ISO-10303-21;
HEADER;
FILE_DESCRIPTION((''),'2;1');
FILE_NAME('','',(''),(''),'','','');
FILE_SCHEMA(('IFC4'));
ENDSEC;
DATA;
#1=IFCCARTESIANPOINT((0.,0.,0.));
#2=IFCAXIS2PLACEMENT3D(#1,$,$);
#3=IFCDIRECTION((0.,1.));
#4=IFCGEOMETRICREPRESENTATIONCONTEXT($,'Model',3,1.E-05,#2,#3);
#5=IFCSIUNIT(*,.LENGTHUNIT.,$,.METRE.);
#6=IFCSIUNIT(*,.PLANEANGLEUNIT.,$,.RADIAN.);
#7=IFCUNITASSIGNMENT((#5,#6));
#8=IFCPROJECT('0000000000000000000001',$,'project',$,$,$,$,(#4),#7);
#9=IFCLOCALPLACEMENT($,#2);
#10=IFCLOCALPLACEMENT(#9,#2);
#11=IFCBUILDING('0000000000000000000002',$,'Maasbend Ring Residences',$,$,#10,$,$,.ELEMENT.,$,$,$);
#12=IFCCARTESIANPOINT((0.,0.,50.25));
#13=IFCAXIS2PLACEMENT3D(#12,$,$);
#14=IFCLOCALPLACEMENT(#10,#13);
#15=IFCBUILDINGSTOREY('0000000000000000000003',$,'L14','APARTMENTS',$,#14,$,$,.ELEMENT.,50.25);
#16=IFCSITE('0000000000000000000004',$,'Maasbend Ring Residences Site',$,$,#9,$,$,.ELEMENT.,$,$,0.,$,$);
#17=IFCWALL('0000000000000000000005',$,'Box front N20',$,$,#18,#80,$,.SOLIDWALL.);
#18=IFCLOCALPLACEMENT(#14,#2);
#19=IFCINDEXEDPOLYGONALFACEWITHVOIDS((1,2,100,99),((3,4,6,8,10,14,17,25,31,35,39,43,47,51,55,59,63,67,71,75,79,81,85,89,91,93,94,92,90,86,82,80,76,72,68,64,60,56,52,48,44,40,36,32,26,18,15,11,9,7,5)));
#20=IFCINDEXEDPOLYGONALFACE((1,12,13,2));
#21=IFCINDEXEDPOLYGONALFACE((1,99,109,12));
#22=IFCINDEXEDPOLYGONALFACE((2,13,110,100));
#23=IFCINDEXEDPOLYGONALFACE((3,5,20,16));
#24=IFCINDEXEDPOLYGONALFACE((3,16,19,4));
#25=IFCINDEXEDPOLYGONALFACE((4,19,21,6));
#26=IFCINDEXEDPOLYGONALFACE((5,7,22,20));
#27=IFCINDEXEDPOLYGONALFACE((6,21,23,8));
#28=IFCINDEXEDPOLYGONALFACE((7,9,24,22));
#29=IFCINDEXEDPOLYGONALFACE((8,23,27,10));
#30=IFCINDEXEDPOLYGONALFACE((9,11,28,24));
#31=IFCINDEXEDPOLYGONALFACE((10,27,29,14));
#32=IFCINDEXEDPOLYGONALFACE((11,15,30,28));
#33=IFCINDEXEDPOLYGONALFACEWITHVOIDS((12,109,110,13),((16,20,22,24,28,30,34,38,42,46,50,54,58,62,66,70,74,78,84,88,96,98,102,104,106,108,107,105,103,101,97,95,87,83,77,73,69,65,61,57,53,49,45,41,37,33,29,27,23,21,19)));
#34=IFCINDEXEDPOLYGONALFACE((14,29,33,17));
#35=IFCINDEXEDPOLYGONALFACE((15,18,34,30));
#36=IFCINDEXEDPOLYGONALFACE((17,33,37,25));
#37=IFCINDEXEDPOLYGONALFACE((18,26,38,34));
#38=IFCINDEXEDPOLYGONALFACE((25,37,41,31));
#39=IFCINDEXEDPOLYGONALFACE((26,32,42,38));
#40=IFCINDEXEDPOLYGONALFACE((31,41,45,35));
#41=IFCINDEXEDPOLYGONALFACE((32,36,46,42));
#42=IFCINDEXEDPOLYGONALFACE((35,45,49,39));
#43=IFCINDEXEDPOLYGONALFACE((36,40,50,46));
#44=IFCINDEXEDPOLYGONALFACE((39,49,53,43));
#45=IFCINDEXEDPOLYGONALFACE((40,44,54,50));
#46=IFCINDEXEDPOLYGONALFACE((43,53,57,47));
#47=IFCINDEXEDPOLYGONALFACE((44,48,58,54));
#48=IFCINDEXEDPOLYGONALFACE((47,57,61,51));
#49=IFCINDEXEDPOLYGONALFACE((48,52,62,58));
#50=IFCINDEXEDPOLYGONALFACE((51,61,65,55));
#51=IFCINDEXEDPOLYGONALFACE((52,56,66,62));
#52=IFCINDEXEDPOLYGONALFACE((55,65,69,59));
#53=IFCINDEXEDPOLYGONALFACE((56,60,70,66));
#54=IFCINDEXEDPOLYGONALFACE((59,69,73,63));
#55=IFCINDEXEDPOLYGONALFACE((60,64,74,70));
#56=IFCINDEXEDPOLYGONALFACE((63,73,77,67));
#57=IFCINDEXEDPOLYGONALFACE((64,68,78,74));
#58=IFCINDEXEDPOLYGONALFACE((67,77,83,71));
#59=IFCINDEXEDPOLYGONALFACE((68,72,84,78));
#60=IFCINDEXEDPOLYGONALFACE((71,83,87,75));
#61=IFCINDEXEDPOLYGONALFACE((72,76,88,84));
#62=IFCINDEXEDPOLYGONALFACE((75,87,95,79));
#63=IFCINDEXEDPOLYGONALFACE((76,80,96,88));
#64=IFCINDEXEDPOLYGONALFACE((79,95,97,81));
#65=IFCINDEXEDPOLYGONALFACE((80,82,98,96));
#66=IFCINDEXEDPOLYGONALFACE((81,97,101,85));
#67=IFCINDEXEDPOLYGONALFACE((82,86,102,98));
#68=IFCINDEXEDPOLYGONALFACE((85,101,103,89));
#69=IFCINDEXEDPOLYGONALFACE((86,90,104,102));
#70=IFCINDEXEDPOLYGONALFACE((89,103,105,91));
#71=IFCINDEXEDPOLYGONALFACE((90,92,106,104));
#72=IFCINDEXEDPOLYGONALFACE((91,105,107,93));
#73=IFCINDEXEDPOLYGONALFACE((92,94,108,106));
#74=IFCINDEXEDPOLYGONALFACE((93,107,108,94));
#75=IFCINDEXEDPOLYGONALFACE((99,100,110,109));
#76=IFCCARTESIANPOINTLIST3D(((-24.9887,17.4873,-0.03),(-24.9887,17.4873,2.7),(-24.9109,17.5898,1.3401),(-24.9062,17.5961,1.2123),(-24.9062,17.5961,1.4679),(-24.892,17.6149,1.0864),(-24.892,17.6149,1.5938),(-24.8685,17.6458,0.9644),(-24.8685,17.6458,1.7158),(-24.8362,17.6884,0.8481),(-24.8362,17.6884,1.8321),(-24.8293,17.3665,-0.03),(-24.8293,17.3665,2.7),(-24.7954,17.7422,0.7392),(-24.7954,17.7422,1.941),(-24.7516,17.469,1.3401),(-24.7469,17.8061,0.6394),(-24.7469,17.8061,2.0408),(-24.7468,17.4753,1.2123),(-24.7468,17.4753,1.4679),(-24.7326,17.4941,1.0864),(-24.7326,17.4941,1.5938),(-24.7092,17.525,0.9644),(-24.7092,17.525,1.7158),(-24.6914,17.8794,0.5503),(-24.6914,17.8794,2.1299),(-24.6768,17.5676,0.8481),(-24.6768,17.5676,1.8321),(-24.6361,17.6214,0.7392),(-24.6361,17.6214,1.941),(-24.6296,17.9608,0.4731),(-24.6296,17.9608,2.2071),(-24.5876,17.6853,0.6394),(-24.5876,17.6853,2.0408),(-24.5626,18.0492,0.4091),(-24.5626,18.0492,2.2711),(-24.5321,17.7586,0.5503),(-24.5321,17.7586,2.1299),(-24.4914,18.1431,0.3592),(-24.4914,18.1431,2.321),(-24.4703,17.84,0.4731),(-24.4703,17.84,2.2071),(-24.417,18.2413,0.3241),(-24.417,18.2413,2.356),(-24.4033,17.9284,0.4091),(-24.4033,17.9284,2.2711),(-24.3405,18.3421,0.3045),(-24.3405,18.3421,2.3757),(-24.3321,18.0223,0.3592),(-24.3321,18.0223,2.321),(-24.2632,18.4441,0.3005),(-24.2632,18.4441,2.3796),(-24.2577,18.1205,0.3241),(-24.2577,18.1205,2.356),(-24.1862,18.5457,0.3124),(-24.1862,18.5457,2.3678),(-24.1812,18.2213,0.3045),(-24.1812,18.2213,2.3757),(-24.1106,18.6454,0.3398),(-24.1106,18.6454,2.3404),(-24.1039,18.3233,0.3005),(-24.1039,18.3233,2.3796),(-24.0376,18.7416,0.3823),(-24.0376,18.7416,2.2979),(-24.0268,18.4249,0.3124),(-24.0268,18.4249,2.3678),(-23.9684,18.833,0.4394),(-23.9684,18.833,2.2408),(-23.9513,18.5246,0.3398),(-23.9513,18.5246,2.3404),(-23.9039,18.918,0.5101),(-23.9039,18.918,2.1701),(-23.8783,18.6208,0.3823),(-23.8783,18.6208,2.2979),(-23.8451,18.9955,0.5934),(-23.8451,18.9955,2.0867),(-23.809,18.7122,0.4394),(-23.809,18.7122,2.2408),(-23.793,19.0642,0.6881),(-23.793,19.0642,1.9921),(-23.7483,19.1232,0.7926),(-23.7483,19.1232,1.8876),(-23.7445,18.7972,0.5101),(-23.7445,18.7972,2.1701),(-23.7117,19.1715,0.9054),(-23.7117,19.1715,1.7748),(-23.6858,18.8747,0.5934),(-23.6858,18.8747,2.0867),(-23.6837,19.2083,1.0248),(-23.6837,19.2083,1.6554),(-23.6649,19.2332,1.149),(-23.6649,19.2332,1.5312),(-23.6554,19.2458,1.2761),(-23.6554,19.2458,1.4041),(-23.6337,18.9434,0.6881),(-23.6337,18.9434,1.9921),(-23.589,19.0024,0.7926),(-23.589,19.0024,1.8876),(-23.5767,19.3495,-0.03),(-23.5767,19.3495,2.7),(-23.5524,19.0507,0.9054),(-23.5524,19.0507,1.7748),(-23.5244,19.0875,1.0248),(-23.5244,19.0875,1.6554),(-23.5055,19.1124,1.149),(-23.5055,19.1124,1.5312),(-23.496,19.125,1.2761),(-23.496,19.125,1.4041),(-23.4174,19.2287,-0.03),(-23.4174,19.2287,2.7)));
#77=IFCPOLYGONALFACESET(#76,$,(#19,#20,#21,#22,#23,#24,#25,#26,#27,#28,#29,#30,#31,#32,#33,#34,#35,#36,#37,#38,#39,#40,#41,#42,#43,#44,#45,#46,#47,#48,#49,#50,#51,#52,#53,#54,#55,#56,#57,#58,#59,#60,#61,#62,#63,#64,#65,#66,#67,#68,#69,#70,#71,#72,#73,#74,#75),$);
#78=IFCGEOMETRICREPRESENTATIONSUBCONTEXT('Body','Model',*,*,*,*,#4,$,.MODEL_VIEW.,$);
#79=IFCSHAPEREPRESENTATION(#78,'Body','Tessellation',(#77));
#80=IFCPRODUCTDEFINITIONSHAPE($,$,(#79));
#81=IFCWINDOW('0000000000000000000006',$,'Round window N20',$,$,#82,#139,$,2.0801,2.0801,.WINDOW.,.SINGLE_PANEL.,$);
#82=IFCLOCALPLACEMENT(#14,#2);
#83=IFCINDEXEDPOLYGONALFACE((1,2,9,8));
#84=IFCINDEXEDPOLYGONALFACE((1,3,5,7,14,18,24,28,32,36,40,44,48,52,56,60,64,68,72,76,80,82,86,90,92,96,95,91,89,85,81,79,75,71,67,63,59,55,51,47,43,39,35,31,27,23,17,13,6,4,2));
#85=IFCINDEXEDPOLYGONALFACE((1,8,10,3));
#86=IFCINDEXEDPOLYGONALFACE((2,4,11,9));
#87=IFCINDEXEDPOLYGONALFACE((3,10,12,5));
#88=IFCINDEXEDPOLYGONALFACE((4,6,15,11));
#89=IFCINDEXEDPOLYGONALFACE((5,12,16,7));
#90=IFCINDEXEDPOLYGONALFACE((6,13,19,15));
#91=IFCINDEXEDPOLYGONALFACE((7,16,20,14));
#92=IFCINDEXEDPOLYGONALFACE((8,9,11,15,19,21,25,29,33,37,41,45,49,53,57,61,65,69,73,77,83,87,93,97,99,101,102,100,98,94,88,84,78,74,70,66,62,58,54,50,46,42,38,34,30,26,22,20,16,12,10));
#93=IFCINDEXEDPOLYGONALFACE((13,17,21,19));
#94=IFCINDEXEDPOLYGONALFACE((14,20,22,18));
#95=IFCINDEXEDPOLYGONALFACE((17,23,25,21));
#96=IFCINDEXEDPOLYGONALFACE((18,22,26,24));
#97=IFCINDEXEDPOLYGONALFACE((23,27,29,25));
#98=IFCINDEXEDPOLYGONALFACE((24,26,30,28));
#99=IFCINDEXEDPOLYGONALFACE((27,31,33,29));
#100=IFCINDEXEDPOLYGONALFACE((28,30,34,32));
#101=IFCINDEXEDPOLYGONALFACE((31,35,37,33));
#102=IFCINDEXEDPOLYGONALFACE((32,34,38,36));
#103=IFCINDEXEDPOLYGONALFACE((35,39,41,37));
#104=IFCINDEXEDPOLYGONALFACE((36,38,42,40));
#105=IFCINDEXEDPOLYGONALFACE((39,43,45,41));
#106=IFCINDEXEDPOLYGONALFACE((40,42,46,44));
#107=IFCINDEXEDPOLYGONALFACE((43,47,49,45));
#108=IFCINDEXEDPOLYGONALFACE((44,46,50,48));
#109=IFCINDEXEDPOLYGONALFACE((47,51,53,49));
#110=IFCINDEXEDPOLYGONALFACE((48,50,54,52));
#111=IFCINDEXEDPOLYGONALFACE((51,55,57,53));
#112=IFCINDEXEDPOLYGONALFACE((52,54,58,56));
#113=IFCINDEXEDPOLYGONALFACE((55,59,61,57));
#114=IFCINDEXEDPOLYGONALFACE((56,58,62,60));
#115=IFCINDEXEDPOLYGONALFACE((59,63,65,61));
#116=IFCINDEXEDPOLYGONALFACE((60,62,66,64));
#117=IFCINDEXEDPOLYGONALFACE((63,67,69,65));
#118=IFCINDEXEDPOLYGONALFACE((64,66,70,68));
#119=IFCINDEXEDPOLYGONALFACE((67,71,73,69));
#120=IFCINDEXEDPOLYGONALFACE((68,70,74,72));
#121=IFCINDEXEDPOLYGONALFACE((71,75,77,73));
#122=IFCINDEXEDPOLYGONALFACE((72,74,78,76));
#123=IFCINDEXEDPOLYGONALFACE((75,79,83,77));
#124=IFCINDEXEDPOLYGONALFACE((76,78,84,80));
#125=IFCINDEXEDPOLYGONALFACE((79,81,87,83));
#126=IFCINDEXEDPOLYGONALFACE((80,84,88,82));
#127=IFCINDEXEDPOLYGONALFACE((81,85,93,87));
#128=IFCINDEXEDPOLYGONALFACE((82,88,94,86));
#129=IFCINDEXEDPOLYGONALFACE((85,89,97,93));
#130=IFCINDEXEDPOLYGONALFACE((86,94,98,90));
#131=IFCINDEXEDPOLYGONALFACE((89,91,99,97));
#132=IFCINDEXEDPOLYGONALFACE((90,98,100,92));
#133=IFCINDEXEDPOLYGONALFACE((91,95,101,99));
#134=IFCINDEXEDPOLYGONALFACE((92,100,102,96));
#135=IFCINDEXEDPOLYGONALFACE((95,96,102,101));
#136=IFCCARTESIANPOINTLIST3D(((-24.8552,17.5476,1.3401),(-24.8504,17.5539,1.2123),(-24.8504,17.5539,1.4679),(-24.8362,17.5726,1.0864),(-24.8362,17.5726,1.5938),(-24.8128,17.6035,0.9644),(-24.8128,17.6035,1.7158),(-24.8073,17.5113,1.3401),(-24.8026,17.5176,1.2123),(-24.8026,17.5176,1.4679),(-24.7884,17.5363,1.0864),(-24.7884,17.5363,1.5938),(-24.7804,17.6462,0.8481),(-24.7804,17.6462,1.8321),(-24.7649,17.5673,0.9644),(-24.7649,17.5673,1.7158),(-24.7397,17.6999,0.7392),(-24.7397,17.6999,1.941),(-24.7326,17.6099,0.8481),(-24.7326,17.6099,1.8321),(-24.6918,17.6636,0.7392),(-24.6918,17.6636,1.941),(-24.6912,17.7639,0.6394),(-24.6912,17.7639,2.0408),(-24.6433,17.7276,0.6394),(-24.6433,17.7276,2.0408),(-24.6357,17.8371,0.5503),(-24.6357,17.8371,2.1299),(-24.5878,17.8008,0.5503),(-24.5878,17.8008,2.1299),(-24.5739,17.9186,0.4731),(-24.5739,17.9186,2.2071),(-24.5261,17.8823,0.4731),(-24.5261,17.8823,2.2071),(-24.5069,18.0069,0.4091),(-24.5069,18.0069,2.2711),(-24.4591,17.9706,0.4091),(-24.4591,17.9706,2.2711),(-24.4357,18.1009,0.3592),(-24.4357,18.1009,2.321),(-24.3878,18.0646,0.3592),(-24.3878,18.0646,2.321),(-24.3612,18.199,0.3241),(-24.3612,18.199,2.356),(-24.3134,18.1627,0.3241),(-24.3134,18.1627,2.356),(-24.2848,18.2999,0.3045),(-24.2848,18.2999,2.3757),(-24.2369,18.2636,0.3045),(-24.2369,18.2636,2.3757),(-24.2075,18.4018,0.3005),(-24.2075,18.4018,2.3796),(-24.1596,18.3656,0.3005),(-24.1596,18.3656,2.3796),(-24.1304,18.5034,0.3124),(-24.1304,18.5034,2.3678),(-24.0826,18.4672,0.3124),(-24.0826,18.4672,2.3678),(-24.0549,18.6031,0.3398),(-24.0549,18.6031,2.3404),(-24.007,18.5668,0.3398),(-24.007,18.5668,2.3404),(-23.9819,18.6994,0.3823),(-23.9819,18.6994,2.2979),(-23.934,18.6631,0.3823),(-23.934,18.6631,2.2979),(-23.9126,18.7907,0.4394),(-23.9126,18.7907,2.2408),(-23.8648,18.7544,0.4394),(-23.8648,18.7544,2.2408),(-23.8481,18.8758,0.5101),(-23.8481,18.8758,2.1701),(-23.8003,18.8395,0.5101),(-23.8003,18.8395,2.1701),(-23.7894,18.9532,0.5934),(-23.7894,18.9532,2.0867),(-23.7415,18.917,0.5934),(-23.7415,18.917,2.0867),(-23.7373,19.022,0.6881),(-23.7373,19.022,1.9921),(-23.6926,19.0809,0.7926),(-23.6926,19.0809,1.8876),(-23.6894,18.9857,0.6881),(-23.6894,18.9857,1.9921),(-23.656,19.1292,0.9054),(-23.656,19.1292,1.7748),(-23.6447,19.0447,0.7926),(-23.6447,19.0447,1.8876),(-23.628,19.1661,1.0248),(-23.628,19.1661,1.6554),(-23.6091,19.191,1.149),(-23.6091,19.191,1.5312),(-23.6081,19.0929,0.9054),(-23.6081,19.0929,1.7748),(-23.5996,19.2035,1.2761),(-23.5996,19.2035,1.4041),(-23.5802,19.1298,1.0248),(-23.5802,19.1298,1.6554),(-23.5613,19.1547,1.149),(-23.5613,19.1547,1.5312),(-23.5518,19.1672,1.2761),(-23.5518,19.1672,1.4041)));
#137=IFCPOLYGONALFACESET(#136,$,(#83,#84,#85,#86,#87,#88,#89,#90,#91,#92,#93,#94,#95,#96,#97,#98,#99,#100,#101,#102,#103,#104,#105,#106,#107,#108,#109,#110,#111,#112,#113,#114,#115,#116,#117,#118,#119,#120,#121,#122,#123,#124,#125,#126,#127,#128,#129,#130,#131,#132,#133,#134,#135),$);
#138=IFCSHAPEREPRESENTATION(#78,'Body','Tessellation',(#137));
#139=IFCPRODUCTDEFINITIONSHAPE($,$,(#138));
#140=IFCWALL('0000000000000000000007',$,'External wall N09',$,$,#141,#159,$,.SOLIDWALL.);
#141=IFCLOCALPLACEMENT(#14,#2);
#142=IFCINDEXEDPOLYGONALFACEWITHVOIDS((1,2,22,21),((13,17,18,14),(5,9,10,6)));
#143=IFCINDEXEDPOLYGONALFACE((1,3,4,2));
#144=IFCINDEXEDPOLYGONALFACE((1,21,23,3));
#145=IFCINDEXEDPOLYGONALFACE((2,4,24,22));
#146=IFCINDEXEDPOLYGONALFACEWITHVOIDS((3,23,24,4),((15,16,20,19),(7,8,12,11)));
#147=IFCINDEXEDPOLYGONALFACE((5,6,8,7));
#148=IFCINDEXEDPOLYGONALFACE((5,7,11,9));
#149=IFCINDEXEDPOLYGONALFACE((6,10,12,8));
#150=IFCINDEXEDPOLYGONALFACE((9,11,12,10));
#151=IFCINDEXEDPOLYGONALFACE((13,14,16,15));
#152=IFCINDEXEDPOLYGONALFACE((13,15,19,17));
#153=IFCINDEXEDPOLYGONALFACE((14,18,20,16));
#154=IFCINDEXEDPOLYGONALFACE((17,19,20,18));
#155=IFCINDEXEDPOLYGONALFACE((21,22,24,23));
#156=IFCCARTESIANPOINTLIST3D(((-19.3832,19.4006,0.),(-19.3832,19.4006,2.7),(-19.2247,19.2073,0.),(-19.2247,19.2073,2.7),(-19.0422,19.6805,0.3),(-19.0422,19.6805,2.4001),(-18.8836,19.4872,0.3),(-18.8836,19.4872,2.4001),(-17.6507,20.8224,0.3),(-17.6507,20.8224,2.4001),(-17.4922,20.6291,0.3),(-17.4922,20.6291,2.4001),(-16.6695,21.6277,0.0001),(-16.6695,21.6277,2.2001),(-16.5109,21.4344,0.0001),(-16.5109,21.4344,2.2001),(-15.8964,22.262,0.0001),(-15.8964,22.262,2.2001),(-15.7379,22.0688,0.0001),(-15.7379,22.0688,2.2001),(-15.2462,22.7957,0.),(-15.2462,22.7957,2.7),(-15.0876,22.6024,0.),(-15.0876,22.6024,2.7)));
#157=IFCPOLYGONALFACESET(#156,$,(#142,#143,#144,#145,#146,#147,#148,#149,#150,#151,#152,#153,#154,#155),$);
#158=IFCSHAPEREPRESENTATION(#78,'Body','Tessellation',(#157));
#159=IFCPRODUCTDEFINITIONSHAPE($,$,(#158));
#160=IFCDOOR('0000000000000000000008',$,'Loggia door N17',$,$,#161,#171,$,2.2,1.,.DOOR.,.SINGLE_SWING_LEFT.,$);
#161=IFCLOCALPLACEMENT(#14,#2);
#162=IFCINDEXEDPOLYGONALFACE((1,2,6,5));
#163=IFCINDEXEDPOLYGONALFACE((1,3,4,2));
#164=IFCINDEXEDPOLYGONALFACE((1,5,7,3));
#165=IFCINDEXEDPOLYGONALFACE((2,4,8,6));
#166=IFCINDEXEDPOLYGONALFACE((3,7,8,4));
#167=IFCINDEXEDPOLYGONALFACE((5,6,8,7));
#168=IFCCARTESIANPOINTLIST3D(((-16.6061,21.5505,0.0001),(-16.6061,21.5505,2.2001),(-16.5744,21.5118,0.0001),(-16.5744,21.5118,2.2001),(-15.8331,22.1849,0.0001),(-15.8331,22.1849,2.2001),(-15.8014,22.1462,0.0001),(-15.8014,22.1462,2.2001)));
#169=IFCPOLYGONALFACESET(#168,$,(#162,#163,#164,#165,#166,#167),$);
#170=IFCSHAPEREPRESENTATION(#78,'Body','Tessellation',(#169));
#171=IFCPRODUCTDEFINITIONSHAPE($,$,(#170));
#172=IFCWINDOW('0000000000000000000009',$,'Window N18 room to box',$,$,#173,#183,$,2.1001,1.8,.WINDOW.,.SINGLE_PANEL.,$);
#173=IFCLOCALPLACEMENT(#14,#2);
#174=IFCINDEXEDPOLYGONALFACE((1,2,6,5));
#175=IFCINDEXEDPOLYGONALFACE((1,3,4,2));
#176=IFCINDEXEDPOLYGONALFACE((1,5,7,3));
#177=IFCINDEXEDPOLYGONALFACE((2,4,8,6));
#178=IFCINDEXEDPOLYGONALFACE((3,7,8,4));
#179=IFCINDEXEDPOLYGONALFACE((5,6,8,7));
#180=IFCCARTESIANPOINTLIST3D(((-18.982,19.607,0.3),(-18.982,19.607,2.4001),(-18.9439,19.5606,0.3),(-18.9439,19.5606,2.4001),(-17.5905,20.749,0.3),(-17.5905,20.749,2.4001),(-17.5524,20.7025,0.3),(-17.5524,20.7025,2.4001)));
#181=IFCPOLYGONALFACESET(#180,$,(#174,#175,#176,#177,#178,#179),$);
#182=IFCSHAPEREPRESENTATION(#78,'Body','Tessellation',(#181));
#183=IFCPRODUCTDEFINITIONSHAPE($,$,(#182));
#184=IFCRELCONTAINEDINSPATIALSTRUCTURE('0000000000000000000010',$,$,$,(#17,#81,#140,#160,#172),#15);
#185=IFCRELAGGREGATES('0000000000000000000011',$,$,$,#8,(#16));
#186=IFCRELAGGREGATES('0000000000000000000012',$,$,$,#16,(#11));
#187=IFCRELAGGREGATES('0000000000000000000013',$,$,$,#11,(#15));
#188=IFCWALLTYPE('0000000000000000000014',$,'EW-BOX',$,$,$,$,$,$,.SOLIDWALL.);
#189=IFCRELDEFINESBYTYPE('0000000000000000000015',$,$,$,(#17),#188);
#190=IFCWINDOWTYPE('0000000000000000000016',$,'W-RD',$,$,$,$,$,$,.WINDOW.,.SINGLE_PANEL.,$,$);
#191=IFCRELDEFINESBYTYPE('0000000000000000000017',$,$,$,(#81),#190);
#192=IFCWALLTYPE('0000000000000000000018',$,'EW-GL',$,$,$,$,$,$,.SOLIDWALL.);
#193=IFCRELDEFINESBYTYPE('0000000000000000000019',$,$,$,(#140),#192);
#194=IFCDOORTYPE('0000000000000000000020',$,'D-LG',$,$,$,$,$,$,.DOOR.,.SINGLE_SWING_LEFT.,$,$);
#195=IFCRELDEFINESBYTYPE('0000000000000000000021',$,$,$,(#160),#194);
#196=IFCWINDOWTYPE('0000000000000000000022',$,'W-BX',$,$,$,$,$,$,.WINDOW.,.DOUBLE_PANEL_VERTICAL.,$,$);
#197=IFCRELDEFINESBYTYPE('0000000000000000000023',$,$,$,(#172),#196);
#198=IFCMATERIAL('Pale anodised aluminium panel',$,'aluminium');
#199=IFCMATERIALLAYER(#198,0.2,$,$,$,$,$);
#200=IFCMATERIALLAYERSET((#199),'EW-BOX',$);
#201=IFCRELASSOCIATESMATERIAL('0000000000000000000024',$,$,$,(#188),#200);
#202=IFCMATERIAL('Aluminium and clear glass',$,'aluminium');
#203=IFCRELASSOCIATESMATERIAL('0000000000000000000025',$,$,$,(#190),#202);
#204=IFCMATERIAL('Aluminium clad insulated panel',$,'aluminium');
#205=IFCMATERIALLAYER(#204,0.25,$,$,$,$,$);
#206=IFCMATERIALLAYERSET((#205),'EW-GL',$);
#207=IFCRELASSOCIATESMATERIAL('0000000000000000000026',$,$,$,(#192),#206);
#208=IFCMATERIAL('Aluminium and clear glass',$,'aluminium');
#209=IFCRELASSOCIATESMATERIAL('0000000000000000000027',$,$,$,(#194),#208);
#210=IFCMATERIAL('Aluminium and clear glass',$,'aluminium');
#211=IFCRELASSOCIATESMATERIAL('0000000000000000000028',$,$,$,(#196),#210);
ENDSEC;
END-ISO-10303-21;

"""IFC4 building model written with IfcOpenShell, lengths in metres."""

from ifc_helpers import new_model, si_unit, direction, frame, frame_2d, origin, place, context, subcontext, project, spatial, rectangle, circle, extrude, material, layer, layer_set, type_object, element, fill, save


model = new_model("IFC4")

# Units and contexts
model_context = context("Model", 3, precision=1e-05, world=origin(), true_north=direction((0.0, 1.0)))
body_context = subcontext(model_context, "Body", "Model", "MODEL_VIEW")
ifc_project = project(units=[si_unit("LENGTHUNIT", "METRE"), si_unit("PLANEANGLEUNIT", "RADIAN")], contexts=[model_context])

# Site, building, storey
site_placement = place(None, origin())
site = spatial("IfcSite", under=ifc_project, at=site_placement, Name="Maasbend Ring Residences Site", CompositionType="ELEMENT", RefElevation=0.0)
building_placement = place(site_placement, origin())
building = spatial("IfcBuilding", under=site, at=building_placement, Name="Maasbend Ring Residences", CompositionType="ELEMENT")
storey_placement = place(building_placement, frame((0.0, 0.0, 50.25)))
storey = spatial("IfcBuildingStorey", under=building, at=storey_placement, Name="L14", Description="APARTMENTS", CompositionType="ELEMENT", Elevation=50.25)

# Shared definitions
ifc_material_1 = material(Name="Pale anodised aluminium panel", Category="aluminium")
ifc_layer_1 = layer(ifc_material_1, 0.2)
ifc_layer_set_1 = layer_set([ifc_layer_1], Name="EW-BOX")
wall_type_1 = type_object("IfcWallType", Name="EW-BOX", PredefinedType="SOLIDWALL", material=ifc_layer_set_1)
ifc_material_2 = material(Name="Aluminium and clear glass", Category="aluminium")
window_type_1 = type_object("IfcWindowType", Name="W-RD", PartitioningType="SINGLE_PANEL", PredefinedType="WINDOW", material=ifc_material_2)

# Wall, opening, window
wall_1_placement = place(storey_placement, frame((-23.4971, 19.2891, -0.03), z_axis=(0.0, 0.0, 1.0), x_axis=(-0.604188, -0.796842, 0.0)))
wall_1 = element("IfcWall", 1, at=wall_1_placement, inside=storey, type_object=wall_type_1, Name="Box front N20", PredefinedType="SOLIDWALL", context=body_context, shape_type="SweptSolid", body=[
    extrude(rectangle(XDim=2.3369, YDim=0.2, at=frame_2d((1.1685, 0.0))), origin(), (0.0, 0.0, 1.0), 2.73),
])
opening_1_placement = place(wall_1_placement, frame((0.1282, 0.0, 0.3301)))
opening_1 = element("IfcOpeningElement", 2, at=opening_1_placement, cuts=wall_1, PredefinedType="OPENING", context=body_context, shape_type="SweptSolid", body=[
    extrude(circle(Radius=1.04, at=frame_2d((1.04, 1.04))), frame((0.0, 0.1099, 0.0), z_axis=(0.0, -1.0, 0.0), x_axis=(1.0, 0.0, 0.0)), (0.0, 0.0, 1.0), 0.22),
])
window_1_placement = place(opening_1_placement, origin())
window_1 = element("IfcWindow", 3, at=window_1_placement, inside=storey, type_object=window_type_1, Name="Round window N20", OverallHeight=2.0801, OverallWidth=2.0801, PartitioningType="SINGLE_PANEL", PredefinedType="WINDOW", context=body_context, shape_type="SweptSolid", body=[
    extrude(circle(Radius=1.04, at=frame_2d((1.04, 1.04))), frame((0.0, 0.03, 0.0), z_axis=(0.0, -1.0, 0.0), x_axis=(1.0, 0.0, 0.0)), (0.0, 0.0, 1.0), 0.0601),
])
fill(opening_1, window_1)

# Wall, openings, door, window
ifc_material_3 = material(Name="Aluminium clad insulated panel", Category="aluminium")
ifc_layer_2 = layer(ifc_material_3, 0.25)
ifc_layer_set_2 = layer_set([ifc_layer_2], Name="EW-GL")
wall_type_2 = type_object("IfcWallType", Name="EW-GL", PredefinedType="SOLIDWALL", material=ifc_layer_set_2)
wall_2_placement = place(storey_placement, frame((-15.167, 22.699, 0.0), z_axis=(0.0, 0.0, 1.0), x_axis=(-0.773019, -0.634382, 0.0)))
wall_2 = element("IfcWall", 4, at=wall_2_placement, inside=storey, type_object=wall_type_2, Name="External wall N09", PredefinedType="SOLIDWALL", context=body_context, shape_type="SweptSolid", body=[
    extrude(rectangle(XDim=5.3518, YDim=0.25, at=frame_2d((2.6758, 0.0))), origin(), (0.0, 0.0, 1.0), 2.7),
])
opening_2_placement = place(wall_2_placement, frame((0.8411, 0.0, 0.0)))
opening_2 = element("IfcOpeningElement", 5, at=opening_2_placement, cuts=wall_2, PredefinedType="OPENING", context=body_context, shape_type="SweptSolid", body=[
    extrude(rectangle(XDim=1.0, YDim=2.2, at=frame_2d((0.5, 1.1001))), frame((0.0, 0.135, 0.0), z_axis=(0.0, -1.0, 0.0), x_axis=(1.0, 0.0, 0.0)), (0.0, 0.0, 1.0), 0.27),
])
opening_3_placement = place(wall_2_placement, frame((3.1106, 0.0, 0.3)))
opening_3 = element("IfcOpeningElement", 6, at=opening_3_placement, cuts=wall_2, PredefinedType="OPENING", context=body_context, shape_type="SweptSolid", body=[
    extrude(rectangle(XDim=1.8, YDim=2.1001, at=frame_2d((0.8999, 1.05))), frame((0.0, 0.135, 0.0), z_axis=(0.0, -1.0, 0.0), x_axis=(1.0, 0.0, 0.0)), (0.0, 0.0, 1.0), 0.27),
])
ifc_material_4 = material(Name="Aluminium and clear glass", Category="aluminium")
door_type_1 = type_object("IfcDoorType", Name="D-LG", OperationType="SINGLE_SWING_LEFT", PredefinedType="DOOR", material=ifc_material_4)
door_1_placement = place(opening_2_placement, origin())
door_1 = element("IfcDoor", 7, at=door_1_placement, inside=storey, type_object=door_type_1, Name="Loggia door N17", OperationType="SINGLE_SWING_LEFT", OverallHeight=2.2, OverallWidth=1.0, PredefinedType="DOOR", context=body_context, shape_type="SweptSolid", body=[
    extrude(rectangle(XDim=1.0, YDim=2.2, at=frame_2d((0.5, 1.1001))), frame((0.0, 0.0249, 0.0), z_axis=(0.0, -1.0, 0.0), x_axis=(1.0, 0.0, 0.0)), (0.0, 0.0, 1.0), 0.05),
])
fill(opening_2, door_1)
ifc_material_5 = material(Name="Aluminium and clear glass", Category="aluminium")
window_type_2 = type_object("IfcWindowType", Name="W-BX", PartitioningType="DOUBLE_PANEL_VERTICAL", PredefinedType="WINDOW", material=ifc_material_5)
window_2_placement = place(opening_3_placement, origin())
window_2 = element("IfcWindow", 8, at=window_2_placement, inside=storey, type_object=window_type_2, Name="Window N18 room to box", OverallHeight=2.1001, OverallWidth=1.8, PartitioningType="SINGLE_PANEL", PredefinedType="WINDOW", context=body_context, shape_type="SweptSolid", body=[
    extrude(rectangle(XDim=1.8, YDim=2.1001, at=frame_2d((0.8999, 1.05))), frame((0.0, 0.03, 0.0), z_axis=(0.0, -1.0, 0.0), x_axis=(1.0, 0.0, 0.0)), (0.0, 0.0, 1.0), 0.0601),
])
fill(opening_3, window_2)

save(model, "model.ifc")
